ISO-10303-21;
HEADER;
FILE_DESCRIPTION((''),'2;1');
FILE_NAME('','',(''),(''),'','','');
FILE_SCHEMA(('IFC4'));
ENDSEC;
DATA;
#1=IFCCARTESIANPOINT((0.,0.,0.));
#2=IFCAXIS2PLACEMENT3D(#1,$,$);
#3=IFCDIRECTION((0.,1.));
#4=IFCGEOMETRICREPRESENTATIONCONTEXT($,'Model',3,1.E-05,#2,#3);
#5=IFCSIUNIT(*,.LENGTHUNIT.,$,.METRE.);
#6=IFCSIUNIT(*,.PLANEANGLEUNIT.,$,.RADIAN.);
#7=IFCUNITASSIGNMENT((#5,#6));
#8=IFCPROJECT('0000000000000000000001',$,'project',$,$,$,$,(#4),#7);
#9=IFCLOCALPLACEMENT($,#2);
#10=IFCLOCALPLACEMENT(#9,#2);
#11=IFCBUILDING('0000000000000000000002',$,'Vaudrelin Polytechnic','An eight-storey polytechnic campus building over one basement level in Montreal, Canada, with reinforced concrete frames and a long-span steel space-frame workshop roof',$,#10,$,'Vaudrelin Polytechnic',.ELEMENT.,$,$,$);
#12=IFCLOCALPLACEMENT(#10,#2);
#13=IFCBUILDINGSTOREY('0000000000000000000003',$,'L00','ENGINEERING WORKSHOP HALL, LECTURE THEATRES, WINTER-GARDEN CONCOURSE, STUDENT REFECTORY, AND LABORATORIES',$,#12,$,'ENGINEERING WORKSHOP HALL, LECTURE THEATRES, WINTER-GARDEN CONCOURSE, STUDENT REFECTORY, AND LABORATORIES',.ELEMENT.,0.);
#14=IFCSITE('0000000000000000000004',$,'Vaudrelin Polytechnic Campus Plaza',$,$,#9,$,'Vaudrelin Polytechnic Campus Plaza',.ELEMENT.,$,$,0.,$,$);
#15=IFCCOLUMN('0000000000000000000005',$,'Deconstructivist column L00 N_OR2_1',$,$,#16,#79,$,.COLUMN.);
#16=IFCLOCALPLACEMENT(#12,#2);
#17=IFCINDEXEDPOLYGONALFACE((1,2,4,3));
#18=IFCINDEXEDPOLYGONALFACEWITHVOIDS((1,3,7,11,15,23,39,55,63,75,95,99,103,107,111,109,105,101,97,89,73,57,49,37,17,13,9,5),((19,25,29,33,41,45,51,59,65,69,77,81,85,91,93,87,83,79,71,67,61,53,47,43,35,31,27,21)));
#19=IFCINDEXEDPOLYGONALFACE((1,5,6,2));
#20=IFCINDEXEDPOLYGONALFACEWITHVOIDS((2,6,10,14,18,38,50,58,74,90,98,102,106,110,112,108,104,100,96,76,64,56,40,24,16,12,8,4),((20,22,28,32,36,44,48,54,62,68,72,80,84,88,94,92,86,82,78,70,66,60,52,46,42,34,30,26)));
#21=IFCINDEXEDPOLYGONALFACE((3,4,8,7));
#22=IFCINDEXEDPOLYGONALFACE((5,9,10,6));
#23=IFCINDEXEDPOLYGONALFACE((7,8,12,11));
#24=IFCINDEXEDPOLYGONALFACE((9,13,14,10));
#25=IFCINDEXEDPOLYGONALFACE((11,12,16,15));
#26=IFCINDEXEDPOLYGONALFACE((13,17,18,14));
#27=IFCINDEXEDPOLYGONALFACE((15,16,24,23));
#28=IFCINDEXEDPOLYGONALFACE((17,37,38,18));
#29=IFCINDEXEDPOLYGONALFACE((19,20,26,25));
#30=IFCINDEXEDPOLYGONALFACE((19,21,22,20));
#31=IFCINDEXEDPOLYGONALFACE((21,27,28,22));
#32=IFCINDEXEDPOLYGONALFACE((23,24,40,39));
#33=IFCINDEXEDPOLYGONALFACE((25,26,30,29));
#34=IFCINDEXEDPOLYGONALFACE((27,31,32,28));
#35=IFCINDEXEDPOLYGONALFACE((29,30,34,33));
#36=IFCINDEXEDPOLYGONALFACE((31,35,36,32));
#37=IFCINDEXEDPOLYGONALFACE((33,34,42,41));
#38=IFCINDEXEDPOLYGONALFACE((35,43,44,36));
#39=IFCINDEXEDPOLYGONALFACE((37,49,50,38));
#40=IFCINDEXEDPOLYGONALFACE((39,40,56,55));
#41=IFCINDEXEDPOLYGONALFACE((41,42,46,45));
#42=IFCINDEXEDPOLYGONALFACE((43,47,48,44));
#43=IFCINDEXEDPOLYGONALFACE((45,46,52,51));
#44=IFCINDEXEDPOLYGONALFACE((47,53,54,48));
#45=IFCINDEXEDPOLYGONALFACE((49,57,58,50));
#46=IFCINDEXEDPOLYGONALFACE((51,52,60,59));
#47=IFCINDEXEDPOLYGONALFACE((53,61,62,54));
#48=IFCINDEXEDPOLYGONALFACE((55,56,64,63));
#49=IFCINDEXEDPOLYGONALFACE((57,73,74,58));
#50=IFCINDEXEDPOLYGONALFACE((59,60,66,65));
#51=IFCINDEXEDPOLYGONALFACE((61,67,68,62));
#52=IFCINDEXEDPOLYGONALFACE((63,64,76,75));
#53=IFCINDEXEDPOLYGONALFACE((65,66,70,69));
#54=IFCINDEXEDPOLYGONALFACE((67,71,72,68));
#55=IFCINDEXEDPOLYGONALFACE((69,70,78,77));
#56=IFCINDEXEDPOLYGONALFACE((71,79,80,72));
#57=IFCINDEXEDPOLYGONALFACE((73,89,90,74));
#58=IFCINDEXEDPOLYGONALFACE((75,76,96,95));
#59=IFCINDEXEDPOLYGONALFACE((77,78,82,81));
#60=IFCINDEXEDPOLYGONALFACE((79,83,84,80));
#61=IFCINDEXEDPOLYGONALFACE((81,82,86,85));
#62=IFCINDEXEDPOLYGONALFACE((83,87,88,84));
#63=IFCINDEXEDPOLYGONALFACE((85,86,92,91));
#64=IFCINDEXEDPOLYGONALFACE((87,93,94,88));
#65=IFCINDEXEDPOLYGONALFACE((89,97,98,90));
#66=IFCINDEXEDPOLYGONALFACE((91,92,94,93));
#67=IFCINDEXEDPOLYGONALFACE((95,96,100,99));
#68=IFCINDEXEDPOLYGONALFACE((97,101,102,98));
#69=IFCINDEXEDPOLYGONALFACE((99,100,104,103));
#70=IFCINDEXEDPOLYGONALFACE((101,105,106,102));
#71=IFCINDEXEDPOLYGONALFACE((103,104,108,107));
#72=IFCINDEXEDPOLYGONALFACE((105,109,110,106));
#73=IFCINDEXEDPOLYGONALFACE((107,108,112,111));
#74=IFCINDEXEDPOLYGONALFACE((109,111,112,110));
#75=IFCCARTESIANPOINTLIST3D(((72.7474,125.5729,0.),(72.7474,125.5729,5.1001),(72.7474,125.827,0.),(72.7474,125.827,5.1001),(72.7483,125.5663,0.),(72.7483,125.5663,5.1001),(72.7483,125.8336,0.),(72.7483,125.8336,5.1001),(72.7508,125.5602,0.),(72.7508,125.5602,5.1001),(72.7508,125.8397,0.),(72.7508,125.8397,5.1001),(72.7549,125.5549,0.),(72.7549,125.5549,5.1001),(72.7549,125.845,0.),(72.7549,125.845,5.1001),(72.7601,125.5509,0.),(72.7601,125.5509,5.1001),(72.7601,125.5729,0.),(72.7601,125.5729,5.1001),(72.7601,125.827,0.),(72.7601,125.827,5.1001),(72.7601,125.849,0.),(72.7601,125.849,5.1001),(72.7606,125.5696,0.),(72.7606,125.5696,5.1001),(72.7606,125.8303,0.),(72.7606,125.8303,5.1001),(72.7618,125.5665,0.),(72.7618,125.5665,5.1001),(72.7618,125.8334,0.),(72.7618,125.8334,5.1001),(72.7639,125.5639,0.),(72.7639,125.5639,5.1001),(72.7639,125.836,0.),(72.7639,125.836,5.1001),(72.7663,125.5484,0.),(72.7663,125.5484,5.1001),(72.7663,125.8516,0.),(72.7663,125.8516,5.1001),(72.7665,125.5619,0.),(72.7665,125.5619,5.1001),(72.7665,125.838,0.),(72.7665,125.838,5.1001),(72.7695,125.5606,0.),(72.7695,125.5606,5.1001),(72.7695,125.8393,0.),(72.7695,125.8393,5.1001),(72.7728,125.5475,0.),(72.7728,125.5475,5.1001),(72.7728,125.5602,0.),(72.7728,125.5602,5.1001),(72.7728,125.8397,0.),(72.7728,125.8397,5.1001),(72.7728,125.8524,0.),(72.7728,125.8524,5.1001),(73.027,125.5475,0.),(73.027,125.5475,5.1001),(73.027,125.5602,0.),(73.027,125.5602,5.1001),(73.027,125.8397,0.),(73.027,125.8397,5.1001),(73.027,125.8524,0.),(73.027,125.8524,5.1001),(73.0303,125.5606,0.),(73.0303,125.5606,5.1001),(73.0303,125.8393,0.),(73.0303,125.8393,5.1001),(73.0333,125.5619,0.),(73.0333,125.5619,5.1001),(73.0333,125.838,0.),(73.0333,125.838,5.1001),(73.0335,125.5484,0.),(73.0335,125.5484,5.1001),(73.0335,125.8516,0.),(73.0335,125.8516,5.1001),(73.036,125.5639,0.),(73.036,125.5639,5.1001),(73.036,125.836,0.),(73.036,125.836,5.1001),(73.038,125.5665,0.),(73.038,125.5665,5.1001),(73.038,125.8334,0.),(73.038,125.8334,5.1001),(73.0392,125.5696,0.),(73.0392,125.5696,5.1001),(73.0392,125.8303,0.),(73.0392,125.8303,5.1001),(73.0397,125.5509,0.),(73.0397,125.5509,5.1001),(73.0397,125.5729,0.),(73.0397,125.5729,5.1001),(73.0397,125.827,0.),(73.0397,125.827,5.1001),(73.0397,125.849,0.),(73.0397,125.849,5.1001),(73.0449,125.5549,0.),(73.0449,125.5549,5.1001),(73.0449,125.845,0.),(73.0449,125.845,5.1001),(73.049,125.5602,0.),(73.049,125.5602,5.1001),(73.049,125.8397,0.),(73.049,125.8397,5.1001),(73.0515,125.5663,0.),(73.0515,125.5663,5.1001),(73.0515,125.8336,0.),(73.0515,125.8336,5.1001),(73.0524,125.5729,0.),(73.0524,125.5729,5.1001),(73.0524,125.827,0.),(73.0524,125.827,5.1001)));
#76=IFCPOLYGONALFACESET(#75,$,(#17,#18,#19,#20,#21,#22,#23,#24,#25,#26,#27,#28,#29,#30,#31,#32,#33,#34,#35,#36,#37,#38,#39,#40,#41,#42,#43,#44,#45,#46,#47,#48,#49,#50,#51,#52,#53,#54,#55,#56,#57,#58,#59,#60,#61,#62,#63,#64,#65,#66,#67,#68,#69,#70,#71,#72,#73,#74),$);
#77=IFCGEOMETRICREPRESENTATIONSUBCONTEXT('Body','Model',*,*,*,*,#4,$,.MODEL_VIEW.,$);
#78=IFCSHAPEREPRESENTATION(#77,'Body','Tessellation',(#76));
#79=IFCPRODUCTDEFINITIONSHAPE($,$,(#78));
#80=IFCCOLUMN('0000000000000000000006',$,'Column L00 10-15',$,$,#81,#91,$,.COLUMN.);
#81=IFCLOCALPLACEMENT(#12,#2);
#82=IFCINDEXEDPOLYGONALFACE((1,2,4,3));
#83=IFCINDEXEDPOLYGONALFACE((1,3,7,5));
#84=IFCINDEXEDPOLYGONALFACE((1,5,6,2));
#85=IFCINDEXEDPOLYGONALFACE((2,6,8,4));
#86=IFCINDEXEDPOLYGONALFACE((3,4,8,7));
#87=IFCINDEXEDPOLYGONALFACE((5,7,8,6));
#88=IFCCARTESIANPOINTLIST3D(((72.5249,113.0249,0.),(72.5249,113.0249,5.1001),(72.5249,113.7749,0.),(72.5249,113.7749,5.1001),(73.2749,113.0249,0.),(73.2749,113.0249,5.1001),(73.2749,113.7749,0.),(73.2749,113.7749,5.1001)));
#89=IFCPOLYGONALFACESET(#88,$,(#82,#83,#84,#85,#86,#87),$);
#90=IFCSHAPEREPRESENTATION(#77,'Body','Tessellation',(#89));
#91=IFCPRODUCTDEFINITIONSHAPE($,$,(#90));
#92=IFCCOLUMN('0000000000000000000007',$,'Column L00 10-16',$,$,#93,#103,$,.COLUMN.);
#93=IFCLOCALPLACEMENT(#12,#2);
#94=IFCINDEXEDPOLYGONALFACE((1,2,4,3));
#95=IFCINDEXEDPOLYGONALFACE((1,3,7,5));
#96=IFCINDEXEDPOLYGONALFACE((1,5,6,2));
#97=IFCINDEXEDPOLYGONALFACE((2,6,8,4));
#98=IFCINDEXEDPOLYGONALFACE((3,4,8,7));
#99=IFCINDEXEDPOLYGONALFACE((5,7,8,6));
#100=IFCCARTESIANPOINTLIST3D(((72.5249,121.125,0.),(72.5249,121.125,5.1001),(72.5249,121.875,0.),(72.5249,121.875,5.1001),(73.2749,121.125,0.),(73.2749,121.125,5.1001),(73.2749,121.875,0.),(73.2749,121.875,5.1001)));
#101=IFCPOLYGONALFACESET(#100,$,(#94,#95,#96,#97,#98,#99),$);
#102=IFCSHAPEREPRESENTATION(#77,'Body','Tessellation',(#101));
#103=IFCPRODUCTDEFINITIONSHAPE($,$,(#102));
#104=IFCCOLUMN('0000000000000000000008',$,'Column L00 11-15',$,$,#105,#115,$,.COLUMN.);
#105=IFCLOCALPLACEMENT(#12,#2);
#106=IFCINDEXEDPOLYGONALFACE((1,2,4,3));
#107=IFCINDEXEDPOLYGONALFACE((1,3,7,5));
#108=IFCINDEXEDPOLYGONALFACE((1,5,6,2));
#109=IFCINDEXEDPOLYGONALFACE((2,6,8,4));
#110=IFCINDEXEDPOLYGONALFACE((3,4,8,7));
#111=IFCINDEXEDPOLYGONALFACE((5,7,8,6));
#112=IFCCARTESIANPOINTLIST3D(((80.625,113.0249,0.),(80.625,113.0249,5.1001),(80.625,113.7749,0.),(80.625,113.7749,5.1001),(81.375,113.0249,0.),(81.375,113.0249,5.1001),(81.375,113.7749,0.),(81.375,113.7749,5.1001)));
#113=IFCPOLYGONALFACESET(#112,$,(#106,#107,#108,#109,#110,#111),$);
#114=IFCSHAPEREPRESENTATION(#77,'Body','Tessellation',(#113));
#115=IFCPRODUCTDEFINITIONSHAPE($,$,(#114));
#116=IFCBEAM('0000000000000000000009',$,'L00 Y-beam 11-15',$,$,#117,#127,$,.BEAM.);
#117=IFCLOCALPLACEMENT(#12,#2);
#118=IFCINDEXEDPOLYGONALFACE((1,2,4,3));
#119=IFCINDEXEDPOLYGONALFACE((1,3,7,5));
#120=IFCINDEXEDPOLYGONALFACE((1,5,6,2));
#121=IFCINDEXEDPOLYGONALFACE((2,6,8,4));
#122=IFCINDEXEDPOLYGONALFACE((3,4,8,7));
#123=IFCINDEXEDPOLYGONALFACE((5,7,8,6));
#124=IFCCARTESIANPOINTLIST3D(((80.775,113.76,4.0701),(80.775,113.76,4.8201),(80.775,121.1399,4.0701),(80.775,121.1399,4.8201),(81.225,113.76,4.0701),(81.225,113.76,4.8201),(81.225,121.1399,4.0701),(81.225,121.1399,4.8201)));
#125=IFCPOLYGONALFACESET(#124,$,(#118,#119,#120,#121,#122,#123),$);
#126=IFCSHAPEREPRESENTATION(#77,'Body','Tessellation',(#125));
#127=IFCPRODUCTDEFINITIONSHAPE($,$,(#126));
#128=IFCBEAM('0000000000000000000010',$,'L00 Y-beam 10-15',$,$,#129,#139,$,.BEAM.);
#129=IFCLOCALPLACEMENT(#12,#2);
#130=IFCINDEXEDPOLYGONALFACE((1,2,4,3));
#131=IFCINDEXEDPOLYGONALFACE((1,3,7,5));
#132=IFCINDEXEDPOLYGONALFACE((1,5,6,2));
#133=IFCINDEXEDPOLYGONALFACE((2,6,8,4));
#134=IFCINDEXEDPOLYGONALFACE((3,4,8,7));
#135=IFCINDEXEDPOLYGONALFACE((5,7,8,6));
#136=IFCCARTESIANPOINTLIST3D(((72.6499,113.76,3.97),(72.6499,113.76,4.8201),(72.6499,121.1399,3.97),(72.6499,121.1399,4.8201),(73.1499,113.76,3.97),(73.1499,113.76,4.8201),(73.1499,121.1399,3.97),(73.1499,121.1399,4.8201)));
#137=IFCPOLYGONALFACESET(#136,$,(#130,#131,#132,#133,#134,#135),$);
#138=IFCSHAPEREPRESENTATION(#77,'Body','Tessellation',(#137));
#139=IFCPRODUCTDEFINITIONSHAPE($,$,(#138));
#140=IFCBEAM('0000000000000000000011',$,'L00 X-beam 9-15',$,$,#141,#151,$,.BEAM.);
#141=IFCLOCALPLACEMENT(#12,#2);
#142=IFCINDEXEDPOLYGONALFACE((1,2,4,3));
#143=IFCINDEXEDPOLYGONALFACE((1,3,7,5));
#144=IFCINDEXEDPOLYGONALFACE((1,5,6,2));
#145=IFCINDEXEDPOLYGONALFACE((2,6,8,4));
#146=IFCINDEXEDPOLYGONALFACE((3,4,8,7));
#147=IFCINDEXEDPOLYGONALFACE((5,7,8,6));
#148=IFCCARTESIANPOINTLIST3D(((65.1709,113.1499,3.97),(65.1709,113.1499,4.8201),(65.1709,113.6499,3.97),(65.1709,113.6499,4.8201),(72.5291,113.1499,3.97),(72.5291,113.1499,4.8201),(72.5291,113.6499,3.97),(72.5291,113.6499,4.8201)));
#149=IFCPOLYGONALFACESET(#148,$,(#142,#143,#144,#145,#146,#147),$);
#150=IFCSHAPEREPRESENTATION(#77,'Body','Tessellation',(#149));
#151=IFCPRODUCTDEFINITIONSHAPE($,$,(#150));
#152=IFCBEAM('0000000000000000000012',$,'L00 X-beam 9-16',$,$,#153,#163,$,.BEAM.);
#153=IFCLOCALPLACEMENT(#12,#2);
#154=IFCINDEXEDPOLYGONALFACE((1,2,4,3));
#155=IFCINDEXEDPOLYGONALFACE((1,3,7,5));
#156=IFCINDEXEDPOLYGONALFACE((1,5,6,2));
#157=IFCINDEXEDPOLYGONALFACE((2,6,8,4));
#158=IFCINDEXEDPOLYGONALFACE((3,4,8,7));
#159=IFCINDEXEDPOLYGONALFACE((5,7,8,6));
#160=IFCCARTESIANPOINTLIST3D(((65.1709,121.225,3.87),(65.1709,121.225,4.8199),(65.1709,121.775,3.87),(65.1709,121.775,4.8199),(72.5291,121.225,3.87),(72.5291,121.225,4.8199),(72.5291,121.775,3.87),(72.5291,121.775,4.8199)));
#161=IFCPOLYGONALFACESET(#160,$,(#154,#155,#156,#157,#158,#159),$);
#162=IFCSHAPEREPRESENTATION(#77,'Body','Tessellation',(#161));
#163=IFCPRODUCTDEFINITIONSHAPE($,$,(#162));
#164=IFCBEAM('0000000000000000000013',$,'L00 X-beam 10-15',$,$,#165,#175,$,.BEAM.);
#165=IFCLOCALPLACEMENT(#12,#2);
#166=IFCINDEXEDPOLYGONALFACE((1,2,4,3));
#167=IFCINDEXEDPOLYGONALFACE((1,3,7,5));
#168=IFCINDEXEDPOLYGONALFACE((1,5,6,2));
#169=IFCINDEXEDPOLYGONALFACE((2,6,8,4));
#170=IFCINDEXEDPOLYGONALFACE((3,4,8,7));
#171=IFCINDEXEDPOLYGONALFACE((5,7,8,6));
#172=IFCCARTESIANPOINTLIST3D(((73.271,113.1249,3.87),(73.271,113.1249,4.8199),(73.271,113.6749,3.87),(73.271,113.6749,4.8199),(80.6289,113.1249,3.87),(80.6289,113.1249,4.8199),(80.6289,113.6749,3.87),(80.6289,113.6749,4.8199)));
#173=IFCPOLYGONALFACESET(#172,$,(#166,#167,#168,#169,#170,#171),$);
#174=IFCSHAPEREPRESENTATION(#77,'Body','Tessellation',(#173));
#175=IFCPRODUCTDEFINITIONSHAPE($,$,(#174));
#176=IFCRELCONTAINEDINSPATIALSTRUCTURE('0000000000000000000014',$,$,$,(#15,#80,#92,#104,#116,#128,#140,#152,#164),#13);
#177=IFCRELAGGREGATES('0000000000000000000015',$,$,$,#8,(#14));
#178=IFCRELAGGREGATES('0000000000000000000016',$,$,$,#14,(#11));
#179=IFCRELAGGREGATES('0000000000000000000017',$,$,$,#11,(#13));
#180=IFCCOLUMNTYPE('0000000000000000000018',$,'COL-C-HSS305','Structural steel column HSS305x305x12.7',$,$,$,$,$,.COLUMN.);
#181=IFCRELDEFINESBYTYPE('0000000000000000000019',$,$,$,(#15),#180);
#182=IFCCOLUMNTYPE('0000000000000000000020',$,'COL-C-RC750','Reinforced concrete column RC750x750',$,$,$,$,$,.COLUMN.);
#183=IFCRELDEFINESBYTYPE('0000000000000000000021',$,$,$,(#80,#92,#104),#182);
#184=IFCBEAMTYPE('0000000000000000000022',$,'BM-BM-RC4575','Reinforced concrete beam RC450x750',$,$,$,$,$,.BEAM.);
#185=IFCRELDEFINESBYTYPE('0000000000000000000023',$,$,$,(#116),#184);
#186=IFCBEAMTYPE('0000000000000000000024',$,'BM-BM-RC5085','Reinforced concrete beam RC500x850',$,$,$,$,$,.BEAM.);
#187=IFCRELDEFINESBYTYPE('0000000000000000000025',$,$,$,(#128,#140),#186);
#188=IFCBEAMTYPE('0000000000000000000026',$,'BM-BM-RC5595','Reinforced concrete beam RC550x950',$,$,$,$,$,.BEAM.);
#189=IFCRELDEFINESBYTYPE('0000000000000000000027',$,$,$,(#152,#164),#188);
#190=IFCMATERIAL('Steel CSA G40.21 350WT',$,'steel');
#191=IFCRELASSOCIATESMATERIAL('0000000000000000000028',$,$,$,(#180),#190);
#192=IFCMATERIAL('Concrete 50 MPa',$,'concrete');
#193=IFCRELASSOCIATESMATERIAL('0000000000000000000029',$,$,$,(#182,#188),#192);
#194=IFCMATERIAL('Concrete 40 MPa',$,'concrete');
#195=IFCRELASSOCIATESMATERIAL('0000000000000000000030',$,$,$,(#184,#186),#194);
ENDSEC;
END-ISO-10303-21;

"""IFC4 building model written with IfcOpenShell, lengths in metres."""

from ifc_helpers import new_model, si_unit, direction, frame, origin, origin_2d, place, context, subcontext, project, spatial, rectangle, hollow_rectangle, extrude, material, material_profile, profile_set, type_object, element, save


model = new_model("IFC4")

# Units and contexts
model_context = context("Model", 3, precision=1e-05, world=origin(), true_north=direction((0.0, 1.0)))
body_context = subcontext(model_context, "Body", "Model", "MODEL_VIEW")
ifc_project = project(units=[si_unit("LENGTHUNIT", "METRE"), si_unit("PLANEANGLEUNIT", "RADIAN")], contexts=[model_context])

# Site, building, storey
site_placement = place(None, origin())
site = spatial("IfcSite", under=ifc_project, at=site_placement, Name="Vaudrelin Polytechnic Campus Plaza", LongName="Vaudrelin Polytechnic Campus Plaza", CompositionType="ELEMENT", RefElevation=0.0)
building_placement = place(site_placement, origin())
building = spatial("IfcBuilding", under=site, at=building_placement, Name="Vaudrelin Polytechnic", Description="An eight-storey polytechnic campus building over one basement level in Montreal, Canada, with reinforced concrete frames and a long-span steel space-frame workshop roof", LongName="Vaudrelin Polytechnic", CompositionType="ELEMENT")
storey_placement = place(building_placement, origin())
storey = spatial("IfcBuildingStorey", under=building, at=storey_placement, Name="L00", Description="ENGINEERING WORKSHOP HALL, LECTURE THEATRES, WINTER-GARDEN CONCOURSE, STUDENT REFECTORY, AND LABORATORIES", LongName="ENGINEERING WORKSHOP HALL, LECTURE THEATRES, WINTER-GARDEN CONCOURSE, STUDENT REFECTORY, AND LABORATORIES", CompositionType="ELEMENT", Elevation=0.0)

# Columns
ifc_material_1 = material(Name="Steel CSA G40.21 350WT", Category="steel")
ifc_material_profile_1 = material_profile(ifc_material_1, hollow_rectangle(XDim=0.3049, YDim=0.3049, WallThickness=0.0127, InnerFilletRadius=0.0127, OuterFilletRadius=0.0254, at=origin_2d()), Name="HSS305x305x12.7")
ifc_profile_set_1 = profile_set([ifc_material_profile_1], Name="Steel CSA G40.21 350WT")
column_type_1 = type_object("IfcColumnType", Name="COL-C-HSS305", Description="Structural steel column HSS305x305x12.7", PredefinedType="COLUMN", material=ifc_profile_set_1)
column_placement = place(storey_placement, frame((72.8999, 125.7, 0.0), z_axis=(0.0, 0.0, 1.0), x_axis=(1.0, 0.0, 0.0)))
element("IfcColumn", 1, at=column_placement, inside=storey, type_object=column_type_1, Name="Deconstructivist column L00 N_OR2_1", PredefinedType="COLUMN", context=body_context, shape_type="SweptSolid", body=[
    extrude(hollow_rectangle(XDim=0.3049, YDim=0.3049, WallThickness=0.0127, InnerFilletRadius=0.0127, OuterFilletRadius=0.0254, at=origin_2d()), origin(), (0.0, 0.0, 1.0), 5.1001),
])
ifc_material_2 = material(Name="Concrete 50 MPa", Category="concrete")
ifc_material_profile_2 = material_profile(ifc_material_2, rectangle(XDim=0.75, YDim=0.75, at=origin_2d()), Name="RC750x750")
ifc_profile_set_2 = profile_set([ifc_material_profile_2], Name="Concrete 50 MPa")
column_type_2 = type_object("IfcColumnType", Name="COL-C-RC750", Description="Reinforced concrete column RC750x750", PredefinedType="COLUMN", material=ifc_profile_set_2)
for number, where, z_axis, x_axis, name in (
    (2, (72.8999, 113.3999, 0.0), (0.0, 0.0, 1.0), (1.0, 0.0, 0.0), "Column L00 10-15"),
    (3, (72.8999, 121.5, 0.0), (0.0, 0.0, 1.0), (1.0, 0.0, 0.0), "Column L00 10-16"),
    (4, (81.0, 113.3999, 0.0), (0.0, 0.0, 1.0), (1.0, 0.0, 0.0), "Column L00 11-15"),
):
    element("IfcColumn", number, at=place(storey_placement, frame(where, z_axis=z_axis, x_axis=x_axis)), inside=storey, type_object=column_type_2, Name=name, PredefinedType="COLUMN", context=body_context, shape_type="SweptSolid", body=[
        extrude(rectangle(XDim=0.75, YDim=0.75, at=origin_2d()), origin(), (0.0, 0.0, 1.0), 5.1001),
    ])

# Beams
ifc_material_3 = material(Name="Concrete 40 MPa", Category="concrete")
ifc_material_profile_3 = material_profile(ifc_material_3, rectangle(XDim=0.45, YDim=0.75, at=origin_2d()), Name="RC450x750")
ifc_profile_set_3 = profile_set([ifc_material_profile_3], Name="Concrete 40 MPa")
beam_type_1 = type_object("IfcBeamType", Name="BM-BM-RC4575", Description="Reinforced concrete beam RC450x750", PredefinedType="BEAM", material=ifc_profile_set_3)
beam_1_placement = place(storey_placement, frame((81.0, 113.76, 4.4451), z_axis=(0.0, 1.0, 0.0), x_axis=(-1.0, 0.0, 0.0)))
element("IfcBeam", 5, at=beam_1_placement, inside=storey, type_object=beam_type_1, Name="L00 Y-beam 11-15", PredefinedType="BEAM", context=body_context, shape_type="SweptSolid", body=[
    extrude(rectangle(XDim=0.45, YDim=0.75, at=origin_2d()), origin(), (0.0, 0.0, 1.0), 7.3799),
])
ifc_material_profile_4 = material_profile(ifc_material_3, rectangle(XDim=0.5, YDim=0.8501, at=origin_2d()), Name="RC500x850")
ifc_profile_set_4 = profile_set([ifc_material_profile_4], Name="Concrete 40 MPa")
beam_type_2 = type_object("IfcBeamType", Name="BM-BM-RC5085", Description="Reinforced concrete beam RC500x850", PredefinedType="BEAM", material=ifc_profile_set_4)
beam_2_placement = place(storey_placement, frame((72.8999, 113.76, 4.395), z_axis=(0.0, 1.0, 0.0), x_axis=(-1.0, 0.0, 0.0)))
element("IfcBeam", 6, at=beam_2_placement, inside=storey, type_object=beam_type_2, Name="L00 Y-beam 10-15", PredefinedType="BEAM", context=body_context, shape_type="SweptSolid", body=[
    extrude(rectangle(XDim=0.5, YDim=0.8501, at=origin_2d()), origin(), (0.0, 0.0, 1.0), 7.3799),
])
beam_3_placement = place(storey_placement, frame((65.1709, 113.3999, 4.395), z_axis=(1.0, 0.0, 0.0), x_axis=(0.0, 1.0, 0.0)))
element("IfcBeam", 7, at=beam_3_placement, inside=storey, type_object=beam_type_2, Name="L00 X-beam 9-15", PredefinedType="BEAM", context=body_context, shape_type="SweptSolid", body=[
    extrude(rectangle(XDim=0.5, YDim=0.8501, at=origin_2d()), origin(), (0.0, 0.0, 1.0), 7.3582),
])
ifc_material_profile_5 = material_profile(ifc_material_2, rectangle(XDim=0.55, YDim=0.95, at=origin_2d()), Name="RC550x950")
ifc_profile_set_5 = profile_set([ifc_material_profile_5], Name="Concrete 50 MPa")
beam_type_3 = type_object("IfcBeamType", Name="BM-BM-RC5595", Description="Reinforced concrete beam RC550x950", PredefinedType="BEAM", material=ifc_profile_set_5)
beam_4_placement = place(storey_placement, frame((65.1709, 121.5, 4.345), z_axis=(1.0, 0.0, 0.0), x_axis=(0.0, 1.0, 0.0)))
element("IfcBeam", 8, at=beam_4_placement, inside=storey, type_object=beam_type_3, Name="L00 X-beam 9-16", PredefinedType="BEAM", context=body_context, shape_type="SweptSolid", body=[
    extrude(rectangle(XDim=0.55, YDim=0.95, at=origin_2d()), origin(), (0.0, 0.0, 1.0), 7.3582),
])
beam_5_placement = place(storey_placement, frame((73.271, 113.3999, 4.345), z_axis=(1.0, 0.0, 0.0), x_axis=(0.0, 1.0, 0.0)))
element("IfcBeam", 9, at=beam_5_placement, inside=storey, type_object=beam_type_3, Name="L00 X-beam 10-15", PredefinedType="BEAM", context=body_context, shape_type="SweptSolid", body=[
    extrude(rectangle(XDim=0.55, YDim=0.95, at=origin_2d()), origin(), (0.0, 0.0, 1.0), 7.3579),
])

save(model, "model.ifc")
